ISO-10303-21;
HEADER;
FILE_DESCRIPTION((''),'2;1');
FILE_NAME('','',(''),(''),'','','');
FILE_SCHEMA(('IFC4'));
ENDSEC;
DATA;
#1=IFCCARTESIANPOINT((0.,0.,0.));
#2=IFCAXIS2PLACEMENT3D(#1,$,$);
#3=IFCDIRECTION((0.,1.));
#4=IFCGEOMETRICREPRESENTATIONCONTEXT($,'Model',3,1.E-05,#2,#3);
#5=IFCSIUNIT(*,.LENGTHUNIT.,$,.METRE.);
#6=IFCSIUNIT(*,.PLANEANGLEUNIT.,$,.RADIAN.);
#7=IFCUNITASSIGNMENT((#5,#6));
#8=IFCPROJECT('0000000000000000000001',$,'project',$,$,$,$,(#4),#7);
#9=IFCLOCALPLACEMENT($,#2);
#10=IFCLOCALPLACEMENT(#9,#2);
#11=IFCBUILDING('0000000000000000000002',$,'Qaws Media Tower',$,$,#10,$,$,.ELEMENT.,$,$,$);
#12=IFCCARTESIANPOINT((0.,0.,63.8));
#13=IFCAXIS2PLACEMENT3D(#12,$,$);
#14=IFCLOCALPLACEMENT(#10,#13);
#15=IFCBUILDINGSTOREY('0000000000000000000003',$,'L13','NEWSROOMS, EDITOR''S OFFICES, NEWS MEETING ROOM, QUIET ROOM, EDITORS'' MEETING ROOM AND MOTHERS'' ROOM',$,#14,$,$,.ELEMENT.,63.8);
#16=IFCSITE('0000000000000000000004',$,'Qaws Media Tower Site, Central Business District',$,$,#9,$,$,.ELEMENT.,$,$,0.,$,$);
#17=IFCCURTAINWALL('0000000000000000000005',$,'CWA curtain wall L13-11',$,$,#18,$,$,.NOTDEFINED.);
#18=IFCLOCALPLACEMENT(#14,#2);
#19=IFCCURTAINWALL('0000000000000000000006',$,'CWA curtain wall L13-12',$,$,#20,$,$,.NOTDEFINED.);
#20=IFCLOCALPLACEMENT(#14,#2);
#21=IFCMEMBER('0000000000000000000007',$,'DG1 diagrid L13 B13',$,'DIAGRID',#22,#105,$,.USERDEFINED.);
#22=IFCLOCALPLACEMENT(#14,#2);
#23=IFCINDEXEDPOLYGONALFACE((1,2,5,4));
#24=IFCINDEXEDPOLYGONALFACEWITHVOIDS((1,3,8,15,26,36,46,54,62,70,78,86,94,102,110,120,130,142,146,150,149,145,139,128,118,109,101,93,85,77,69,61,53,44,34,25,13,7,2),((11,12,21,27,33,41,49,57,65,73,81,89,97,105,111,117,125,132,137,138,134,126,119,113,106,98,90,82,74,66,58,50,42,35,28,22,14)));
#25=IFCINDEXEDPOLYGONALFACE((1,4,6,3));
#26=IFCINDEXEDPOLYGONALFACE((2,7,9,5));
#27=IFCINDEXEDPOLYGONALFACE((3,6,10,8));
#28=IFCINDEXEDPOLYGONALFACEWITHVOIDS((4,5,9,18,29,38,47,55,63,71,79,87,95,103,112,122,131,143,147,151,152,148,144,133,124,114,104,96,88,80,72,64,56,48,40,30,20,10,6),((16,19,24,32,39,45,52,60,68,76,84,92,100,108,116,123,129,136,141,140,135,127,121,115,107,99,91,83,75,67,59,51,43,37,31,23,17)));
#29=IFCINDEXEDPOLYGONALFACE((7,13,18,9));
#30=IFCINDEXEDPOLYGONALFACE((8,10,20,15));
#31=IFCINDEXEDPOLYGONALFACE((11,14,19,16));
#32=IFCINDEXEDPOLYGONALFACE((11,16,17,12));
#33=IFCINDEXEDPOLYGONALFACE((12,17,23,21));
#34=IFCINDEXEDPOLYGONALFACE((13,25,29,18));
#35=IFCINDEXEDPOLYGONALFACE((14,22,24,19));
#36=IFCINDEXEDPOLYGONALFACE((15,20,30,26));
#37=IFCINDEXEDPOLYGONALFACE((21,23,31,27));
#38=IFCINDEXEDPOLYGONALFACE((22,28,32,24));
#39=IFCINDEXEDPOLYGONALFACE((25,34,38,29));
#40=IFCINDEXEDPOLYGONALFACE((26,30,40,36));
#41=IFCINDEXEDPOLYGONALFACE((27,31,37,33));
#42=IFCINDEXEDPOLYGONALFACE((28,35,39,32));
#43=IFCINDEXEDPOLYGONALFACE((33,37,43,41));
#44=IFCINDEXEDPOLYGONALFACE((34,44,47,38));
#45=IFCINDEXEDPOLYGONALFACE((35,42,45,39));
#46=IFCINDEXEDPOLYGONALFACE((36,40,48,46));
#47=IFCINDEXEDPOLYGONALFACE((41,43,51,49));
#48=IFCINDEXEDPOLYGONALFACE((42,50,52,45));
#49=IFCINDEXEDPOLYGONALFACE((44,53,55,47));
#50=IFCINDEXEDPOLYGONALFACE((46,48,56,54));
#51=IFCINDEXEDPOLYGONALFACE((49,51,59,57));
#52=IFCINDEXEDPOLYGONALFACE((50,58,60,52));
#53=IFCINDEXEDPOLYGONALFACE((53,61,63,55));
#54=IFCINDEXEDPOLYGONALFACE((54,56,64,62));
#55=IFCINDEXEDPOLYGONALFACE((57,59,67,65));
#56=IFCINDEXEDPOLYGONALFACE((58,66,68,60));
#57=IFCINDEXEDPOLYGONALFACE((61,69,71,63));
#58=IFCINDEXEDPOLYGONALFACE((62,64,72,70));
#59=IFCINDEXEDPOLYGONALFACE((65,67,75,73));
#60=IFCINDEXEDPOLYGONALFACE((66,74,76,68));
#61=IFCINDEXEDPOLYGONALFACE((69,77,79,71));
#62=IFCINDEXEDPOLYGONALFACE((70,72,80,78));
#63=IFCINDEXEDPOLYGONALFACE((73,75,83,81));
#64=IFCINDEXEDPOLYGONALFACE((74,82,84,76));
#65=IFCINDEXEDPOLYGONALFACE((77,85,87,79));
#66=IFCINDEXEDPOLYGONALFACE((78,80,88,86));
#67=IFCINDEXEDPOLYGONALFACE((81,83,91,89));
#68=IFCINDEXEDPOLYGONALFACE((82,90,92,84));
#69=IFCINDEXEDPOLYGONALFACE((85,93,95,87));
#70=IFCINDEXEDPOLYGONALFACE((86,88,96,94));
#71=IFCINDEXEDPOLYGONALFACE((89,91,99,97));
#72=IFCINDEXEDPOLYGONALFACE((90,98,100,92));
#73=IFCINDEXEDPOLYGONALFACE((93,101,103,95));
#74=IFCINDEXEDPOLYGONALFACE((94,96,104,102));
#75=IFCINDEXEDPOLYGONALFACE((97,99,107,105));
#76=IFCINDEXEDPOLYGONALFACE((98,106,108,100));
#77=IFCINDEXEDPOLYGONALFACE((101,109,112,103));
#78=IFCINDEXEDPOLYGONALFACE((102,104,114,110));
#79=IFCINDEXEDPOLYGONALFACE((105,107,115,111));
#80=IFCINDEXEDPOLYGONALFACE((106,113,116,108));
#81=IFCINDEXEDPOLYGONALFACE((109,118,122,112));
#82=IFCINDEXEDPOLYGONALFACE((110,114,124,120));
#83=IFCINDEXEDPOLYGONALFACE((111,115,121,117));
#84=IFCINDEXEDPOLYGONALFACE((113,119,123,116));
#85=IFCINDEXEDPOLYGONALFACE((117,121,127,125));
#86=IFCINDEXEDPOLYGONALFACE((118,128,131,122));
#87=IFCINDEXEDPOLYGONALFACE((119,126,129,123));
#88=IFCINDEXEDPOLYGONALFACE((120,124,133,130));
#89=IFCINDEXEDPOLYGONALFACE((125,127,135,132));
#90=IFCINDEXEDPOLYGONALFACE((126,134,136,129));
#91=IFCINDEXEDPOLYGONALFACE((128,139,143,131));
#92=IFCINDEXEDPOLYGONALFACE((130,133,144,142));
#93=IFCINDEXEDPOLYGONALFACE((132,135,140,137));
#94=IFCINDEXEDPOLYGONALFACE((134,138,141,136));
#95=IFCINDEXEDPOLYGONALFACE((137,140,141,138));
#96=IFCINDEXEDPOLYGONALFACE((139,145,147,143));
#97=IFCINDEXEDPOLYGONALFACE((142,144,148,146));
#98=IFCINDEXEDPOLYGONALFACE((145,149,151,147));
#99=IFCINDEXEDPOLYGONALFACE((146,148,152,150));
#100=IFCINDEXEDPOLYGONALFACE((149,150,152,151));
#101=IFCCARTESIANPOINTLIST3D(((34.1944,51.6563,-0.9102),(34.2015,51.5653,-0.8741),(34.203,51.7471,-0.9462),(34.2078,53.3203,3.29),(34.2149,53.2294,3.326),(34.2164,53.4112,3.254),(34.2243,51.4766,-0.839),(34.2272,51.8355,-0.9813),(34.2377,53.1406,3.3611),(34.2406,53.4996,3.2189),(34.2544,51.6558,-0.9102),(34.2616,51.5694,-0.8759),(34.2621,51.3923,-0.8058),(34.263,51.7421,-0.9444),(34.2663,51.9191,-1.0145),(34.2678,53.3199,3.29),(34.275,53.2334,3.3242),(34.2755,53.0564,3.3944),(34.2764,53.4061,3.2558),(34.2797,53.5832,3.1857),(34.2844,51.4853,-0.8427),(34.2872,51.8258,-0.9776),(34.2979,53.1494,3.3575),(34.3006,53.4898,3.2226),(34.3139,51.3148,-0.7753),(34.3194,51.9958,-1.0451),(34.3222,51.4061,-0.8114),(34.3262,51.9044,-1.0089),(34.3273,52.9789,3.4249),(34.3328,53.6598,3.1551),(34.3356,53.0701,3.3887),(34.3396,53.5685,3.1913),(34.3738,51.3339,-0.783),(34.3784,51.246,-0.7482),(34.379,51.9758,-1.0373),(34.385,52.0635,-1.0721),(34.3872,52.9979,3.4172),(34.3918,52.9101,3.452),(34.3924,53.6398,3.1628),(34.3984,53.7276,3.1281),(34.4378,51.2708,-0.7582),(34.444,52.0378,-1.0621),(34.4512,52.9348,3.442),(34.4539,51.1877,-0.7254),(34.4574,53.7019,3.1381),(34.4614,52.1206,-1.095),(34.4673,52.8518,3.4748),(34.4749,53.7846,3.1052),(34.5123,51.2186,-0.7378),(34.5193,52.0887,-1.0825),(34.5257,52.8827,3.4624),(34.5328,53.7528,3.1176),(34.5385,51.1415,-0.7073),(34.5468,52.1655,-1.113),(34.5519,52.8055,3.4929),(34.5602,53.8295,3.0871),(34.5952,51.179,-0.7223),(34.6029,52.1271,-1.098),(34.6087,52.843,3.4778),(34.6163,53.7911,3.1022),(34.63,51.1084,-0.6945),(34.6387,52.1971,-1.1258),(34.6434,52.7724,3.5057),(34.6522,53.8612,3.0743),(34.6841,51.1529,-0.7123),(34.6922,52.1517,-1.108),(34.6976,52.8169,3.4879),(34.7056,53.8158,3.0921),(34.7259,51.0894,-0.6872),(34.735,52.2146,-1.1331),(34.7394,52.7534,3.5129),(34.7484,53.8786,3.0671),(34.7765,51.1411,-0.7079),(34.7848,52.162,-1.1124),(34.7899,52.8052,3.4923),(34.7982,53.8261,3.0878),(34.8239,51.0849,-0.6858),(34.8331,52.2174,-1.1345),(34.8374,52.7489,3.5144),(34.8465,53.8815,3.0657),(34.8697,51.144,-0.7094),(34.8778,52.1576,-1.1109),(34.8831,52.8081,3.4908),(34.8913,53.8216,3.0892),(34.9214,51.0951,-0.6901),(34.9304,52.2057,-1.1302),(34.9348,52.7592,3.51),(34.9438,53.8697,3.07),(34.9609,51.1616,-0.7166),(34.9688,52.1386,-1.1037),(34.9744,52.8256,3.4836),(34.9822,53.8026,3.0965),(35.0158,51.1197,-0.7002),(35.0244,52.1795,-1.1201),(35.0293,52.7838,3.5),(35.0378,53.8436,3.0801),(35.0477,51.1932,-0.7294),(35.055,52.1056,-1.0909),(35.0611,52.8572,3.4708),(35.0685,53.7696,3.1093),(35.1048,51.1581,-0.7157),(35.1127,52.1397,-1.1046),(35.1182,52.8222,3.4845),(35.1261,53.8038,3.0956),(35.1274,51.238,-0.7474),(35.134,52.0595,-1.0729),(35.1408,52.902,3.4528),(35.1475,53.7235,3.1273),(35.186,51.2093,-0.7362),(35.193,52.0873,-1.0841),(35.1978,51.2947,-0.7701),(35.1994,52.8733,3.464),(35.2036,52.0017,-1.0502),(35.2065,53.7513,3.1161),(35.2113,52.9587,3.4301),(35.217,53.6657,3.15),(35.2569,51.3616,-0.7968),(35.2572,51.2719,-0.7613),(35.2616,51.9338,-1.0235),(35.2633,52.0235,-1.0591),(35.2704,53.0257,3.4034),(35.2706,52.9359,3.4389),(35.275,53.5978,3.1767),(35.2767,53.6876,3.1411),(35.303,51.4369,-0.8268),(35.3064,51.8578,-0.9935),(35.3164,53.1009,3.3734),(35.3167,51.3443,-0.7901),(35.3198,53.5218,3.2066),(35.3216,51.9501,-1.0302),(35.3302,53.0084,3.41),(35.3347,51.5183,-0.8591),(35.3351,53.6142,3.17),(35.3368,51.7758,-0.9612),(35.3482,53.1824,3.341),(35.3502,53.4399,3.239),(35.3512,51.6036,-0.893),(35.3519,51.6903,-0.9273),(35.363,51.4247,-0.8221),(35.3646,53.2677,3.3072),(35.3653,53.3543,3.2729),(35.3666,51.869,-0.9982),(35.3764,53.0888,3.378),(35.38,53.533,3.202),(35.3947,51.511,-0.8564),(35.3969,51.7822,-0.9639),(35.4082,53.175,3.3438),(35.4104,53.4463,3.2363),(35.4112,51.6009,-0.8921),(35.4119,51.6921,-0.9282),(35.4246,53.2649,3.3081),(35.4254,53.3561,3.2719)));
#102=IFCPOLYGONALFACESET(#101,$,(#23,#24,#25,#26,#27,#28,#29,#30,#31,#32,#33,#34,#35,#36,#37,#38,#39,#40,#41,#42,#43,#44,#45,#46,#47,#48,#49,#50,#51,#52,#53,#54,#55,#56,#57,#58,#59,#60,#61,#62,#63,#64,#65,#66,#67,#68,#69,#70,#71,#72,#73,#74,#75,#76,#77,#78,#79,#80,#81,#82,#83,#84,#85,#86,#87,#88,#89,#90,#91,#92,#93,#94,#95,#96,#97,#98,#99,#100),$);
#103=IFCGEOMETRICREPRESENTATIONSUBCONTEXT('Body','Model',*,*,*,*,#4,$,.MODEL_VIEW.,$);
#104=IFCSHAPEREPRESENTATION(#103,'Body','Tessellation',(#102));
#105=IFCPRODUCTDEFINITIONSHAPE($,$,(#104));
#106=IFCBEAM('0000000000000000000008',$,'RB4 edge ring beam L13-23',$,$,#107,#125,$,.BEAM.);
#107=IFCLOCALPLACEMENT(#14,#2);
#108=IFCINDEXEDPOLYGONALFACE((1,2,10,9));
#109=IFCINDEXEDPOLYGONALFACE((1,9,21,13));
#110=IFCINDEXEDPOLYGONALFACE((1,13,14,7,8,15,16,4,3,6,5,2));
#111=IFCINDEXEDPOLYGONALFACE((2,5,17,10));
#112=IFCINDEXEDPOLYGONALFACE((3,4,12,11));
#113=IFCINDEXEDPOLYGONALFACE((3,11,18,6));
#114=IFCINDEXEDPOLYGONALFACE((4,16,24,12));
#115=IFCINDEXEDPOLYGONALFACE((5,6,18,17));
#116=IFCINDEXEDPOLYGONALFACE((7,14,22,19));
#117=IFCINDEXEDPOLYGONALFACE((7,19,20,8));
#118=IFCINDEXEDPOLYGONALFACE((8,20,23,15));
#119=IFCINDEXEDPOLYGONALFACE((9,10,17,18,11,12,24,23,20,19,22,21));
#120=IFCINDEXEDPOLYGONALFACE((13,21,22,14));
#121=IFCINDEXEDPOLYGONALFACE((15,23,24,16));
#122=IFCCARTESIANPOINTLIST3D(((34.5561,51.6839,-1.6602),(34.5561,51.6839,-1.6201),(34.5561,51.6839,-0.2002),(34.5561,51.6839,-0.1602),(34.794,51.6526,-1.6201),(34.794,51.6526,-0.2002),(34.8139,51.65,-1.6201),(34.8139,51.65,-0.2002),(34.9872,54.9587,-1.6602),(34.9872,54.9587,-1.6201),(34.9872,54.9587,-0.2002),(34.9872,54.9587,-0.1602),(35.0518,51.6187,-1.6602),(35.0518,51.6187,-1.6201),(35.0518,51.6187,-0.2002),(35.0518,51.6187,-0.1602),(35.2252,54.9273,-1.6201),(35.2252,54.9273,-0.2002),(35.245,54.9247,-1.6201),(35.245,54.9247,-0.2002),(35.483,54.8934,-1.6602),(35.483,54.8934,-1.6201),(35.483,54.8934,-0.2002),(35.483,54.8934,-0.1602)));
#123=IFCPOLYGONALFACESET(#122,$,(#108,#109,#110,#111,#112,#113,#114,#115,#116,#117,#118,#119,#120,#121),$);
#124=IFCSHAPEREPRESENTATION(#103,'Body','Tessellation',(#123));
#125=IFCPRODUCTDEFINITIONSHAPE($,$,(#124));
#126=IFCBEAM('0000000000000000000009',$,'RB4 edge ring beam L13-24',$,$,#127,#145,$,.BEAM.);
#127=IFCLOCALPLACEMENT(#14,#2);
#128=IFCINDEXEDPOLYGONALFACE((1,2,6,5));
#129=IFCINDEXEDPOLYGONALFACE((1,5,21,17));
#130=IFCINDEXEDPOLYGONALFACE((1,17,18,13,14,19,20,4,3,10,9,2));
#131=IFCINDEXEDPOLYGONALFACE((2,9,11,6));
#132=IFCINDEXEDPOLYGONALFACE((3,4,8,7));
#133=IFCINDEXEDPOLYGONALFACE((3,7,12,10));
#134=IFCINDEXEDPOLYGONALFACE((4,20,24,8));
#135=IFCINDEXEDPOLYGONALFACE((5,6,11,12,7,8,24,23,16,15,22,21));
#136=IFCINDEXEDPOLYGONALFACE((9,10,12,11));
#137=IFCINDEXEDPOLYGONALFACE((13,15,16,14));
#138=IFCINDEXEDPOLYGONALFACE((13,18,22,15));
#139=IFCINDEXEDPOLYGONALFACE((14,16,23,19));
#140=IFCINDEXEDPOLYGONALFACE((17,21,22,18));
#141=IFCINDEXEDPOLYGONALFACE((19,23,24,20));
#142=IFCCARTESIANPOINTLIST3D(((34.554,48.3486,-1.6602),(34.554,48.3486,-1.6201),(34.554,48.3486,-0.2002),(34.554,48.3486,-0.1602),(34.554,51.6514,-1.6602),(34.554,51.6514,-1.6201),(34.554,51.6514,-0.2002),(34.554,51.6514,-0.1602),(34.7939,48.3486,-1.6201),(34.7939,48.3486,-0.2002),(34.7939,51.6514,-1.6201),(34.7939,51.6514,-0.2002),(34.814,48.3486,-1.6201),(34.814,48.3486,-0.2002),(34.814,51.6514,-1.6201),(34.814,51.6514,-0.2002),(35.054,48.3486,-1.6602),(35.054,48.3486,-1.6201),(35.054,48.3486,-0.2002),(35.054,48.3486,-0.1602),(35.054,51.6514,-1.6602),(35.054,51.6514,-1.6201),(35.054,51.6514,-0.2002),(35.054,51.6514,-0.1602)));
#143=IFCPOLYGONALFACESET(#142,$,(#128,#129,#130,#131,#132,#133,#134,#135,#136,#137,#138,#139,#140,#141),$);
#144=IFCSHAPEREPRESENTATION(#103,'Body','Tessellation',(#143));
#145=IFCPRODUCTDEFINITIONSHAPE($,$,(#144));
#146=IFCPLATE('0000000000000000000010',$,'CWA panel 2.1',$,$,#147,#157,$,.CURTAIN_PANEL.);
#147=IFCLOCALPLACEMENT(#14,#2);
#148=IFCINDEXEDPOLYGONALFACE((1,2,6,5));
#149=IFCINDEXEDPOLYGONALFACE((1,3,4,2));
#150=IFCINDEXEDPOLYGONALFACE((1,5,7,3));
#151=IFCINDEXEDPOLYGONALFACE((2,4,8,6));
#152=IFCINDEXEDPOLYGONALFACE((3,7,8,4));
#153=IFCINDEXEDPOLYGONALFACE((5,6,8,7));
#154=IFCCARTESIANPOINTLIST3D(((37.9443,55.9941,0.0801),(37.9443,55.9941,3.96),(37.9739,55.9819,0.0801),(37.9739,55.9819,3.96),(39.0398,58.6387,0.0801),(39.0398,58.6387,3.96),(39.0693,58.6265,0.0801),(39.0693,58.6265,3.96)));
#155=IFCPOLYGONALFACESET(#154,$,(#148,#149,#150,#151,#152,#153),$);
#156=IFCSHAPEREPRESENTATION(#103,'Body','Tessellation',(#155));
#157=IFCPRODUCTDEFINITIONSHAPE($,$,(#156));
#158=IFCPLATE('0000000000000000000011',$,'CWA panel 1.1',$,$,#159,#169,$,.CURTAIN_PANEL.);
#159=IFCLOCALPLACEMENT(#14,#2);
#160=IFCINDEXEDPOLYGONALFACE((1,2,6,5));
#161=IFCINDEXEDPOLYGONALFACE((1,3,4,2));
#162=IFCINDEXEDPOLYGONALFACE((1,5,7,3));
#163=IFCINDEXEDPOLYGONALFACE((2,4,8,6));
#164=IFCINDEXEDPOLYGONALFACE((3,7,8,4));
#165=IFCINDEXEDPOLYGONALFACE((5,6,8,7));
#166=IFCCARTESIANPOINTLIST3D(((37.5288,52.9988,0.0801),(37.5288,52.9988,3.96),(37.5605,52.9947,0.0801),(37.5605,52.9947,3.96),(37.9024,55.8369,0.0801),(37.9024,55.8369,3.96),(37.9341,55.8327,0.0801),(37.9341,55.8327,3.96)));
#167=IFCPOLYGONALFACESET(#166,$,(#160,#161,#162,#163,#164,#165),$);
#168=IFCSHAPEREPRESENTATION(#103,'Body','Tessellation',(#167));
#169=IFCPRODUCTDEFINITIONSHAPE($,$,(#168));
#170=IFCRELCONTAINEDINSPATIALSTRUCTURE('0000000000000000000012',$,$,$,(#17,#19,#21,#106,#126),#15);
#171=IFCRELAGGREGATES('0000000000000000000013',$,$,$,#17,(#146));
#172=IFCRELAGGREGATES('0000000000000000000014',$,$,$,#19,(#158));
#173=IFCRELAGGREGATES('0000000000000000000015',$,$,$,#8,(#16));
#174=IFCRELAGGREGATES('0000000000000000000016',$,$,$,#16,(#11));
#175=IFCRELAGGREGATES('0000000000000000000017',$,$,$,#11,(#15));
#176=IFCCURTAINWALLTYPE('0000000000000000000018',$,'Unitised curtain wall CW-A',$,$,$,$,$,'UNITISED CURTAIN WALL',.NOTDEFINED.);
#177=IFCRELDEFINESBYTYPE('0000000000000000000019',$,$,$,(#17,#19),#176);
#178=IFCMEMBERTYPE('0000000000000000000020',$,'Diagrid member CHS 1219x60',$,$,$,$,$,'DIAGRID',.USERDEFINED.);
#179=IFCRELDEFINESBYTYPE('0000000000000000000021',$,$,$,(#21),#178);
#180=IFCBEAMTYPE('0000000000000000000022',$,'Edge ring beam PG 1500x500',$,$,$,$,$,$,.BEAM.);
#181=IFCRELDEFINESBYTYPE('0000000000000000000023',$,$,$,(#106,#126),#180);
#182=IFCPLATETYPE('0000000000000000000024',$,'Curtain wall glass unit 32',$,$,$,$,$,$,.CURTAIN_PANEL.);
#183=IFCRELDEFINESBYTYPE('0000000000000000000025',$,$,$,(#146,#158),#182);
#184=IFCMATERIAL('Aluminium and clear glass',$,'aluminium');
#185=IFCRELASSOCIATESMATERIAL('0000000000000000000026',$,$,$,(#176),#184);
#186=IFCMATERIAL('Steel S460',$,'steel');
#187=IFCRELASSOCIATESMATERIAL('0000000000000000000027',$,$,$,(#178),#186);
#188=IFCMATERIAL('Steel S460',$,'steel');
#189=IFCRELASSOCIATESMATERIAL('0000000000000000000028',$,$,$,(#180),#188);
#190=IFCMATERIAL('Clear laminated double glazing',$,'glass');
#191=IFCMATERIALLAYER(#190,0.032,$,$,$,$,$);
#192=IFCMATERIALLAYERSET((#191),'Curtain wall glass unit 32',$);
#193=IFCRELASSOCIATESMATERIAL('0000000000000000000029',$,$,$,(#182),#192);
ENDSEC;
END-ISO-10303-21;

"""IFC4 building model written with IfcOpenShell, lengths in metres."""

from ifc_helpers import new_model, si_unit, direction, frame, origin, origin_2d, place, context, subcontext, project, spatial, rectangle, hollow_circle, i_section, extrude, material, layer, layer_set, material_profile, profile_set, type_object, element, aggregate, save


model = new_model("IFC4")

# Units and contexts
model_context = context("Model", 3, precision=1e-05, world=origin(), true_north=direction((0.0, 1.0)))
body_context = subcontext(model_context, "Body", "Model", "MODEL_VIEW")
ifc_project = project(units=[si_unit("LENGTHUNIT", "METRE"), si_unit("PLANEANGLEUNIT", "RADIAN")], contexts=[model_context])

# Site, building, storey
site_placement = place(None, origin())
site = spatial("IfcSite", under=ifc_project, at=site_placement, Name="Qaws Media Tower Site, Central Business District", CompositionType="ELEMENT", RefElevation=0.0)
building_placement = place(site_placement, origin())
building = spatial("IfcBuilding", under=site, at=building_placement, Name="Qaws Media Tower", CompositionType="ELEMENT")
storey_placement = place(building_placement, frame((0.0, 0.0, 63.8)))
storey = spatial("IfcBuildingStorey", under=building, at=storey_placement, Name="L13", Description="NEWSROOMS, EDITOR'S OFFICES, NEWS MEETING ROOM, QUIET ROOM, EDITORS' MEETING ROOM AND MOTHERS' ROOM", CompositionType="ELEMENT", Elevation=63.8)

# Curtain wall
ifc_material_1 = material(Name="Aluminium and clear glass", Category="aluminium")
curtain_wall_type = type_object("IfcCurtainWallType", Name="Unitised curtain wall CW-A", ElementType="UNITISED CURTAIN WALL", PredefinedType="NOTDEFINED", material=ifc_material_1)
curtain_wall_1_placement = place(storey_placement, origin())
curtain_wall_1 = element("IfcCurtainWall", 1, at=curtain_wall_1_placement, inside=storey, type_object=curtain_wall_type, Name="CWA curtain wall L13-11", PredefinedType="NOTDEFINED")

# Curtain wall
curtain_wall_2_placement = place(storey_placement, origin())
curtain_wall_2 = element("IfcCurtainWall", 2, at=curtain_wall_2_placement, inside=storey, type_object=curtain_wall_type, Name="CWA curtain wall L13-12", PredefinedType="NOTDEFINED")

# Member
ifc_material_2 = material(Name="Steel S460", Category="steel")
ifc_material_profile_1 = material_profile(ifc_material_2, hollow_circle(Radius=0.6096, WallThickness=0.0601, at=origin_2d()), Name="CHS 1219x60")
ifc_profile_set_1 = profile_set([ifc_material_profile_1], Name="Steel S460")
member_type_1 = type_object("IfcMemberType", Name="Diagrid member CHS 1219x60", ElementType="DIAGRID", PredefinedType="USERDEFINED", material=ifc_profile_set_1)
for number, where, z_axis, x_axis, name in (
    (3, (34.804, 51.6514, -0.9102), (0.002972, 0.368331, 0.92969), (-0.999967, 0.008069, 0.0), "DG1 diagrid L13 B13"),
):
    element("IfcMember", number, at=place(storey_placement, frame(where, z_axis=z_axis, x_axis=x_axis)), inside=storey, type_object=member_type_1, Name=name, ObjectType="DIAGRID", PredefinedType="USERDEFINED", context=body_context, shape_type="SweptSolid", body=[
        extrude(hollow_circle(Radius=0.6096, WallThickness=0.0601, at=origin_2d()), origin(), (0.0, 0.0, 1.0), 4.5178),
    ])

# Beams
ifc_material_3 = material(Name="Steel S460", Category="steel")
ifc_material_profile_2 = material_profile(ifc_material_3, i_section(OverallWidth=0.5, OverallDepth=1.5, WebThickness=0.02, FlangeThickness=0.04, at=origin_2d()), Name="PG 1500x500")
ifc_profile_set_2 = profile_set([ifc_material_profile_2], Name="Steel S460")
beam_type = type_object("IfcBeamType", Name="Edge ring beam PG 1500x500", PredefinedType="BEAM", material=ifc_profile_set_2)
beam_1_placement = place(storey_placement, frame((35.2351, 54.926, -0.9102), z_axis=(-0.130537, -0.991443, 0.0), x_axis=(0.991443, -0.130537, 0.0)))
element("IfcBeam", 4, at=beam_1_placement, inside=storey, type_object=beam_type, Name="RB4 edge ring beam L13-23", PredefinedType="BEAM", context=body_context, shape_type="SweptSolid", body=[
    extrude(i_section(OverallWidth=0.5, OverallDepth=1.5, WebThickness=0.02, FlangeThickness=0.04, at=origin_2d()), origin(), (0.0, 0.0, 1.0), 3.303),
])
beam_2_placement = place(storey_placement, frame((34.804, 51.6514, -0.9102), z_axis=(0.0, -1.0, 0.0), x_axis=(1.0, 0.0, 0.0)))
element("IfcBeam", 5, at=beam_2_placement, inside=storey, type_object=beam_type, Name="RB4 edge ring beam L13-24", PredefinedType="BEAM", context=body_context, shape_type="SweptSolid", body=[
    extrude(i_section(OverallWidth=0.5, OverallDepth=1.5, WebThickness=0.02, FlangeThickness=0.04, at=origin_2d()), origin(), (0.0, 0.0, 1.0), 3.3027),
])

# Plates
ifc_material_4 = material(Name="Clear laminated double glazing", Category="glass")
ifc_layer_1 = layer(ifc_material_4, 0.032)
ifc_layer_set_1 = layer_set([ifc_layer_1], Name="Curtain wall glass unit 32")
plate_type = type_object("IfcPlateType", Name="Curtain wall glass unit 32", PredefinedType="CURTAIN_PANEL", material=ifc_layer_set_1)
plate_1_placement = place(storey_placement, frame((38.5068, 57.3103, 0.0801), z_axis=(0.0, 0.0, 1.0), x_axis=(-0.382683, -0.92388, 0.0)))
plate_1 = element("IfcPlate", 6, at=plate_1_placement, type_object=plate_type, Name="CWA panel 2.1", PredefinedType="CURTAIN_PANEL", context=body_context, shape_type="SweptSolid", body=[
    extrude(rectangle(XDim=2.8625, YDim=0.032, at=origin_2d()), origin(), (0.0, 0.0, 1.0), 3.8799),
])
aggregate(curtain_wall_1, [plate_1])
plate_2_placement = place(storey_placement, frame((37.7314, 54.4158, 0.0801), z_axis=(0.0, 0.0, 1.0), x_axis=(-0.130526, -0.991445, 0.0)))
plate_2 = element("IfcPlate", 7, at=plate_2_placement, type_object=plate_type, Name="CWA panel 1.1", PredefinedType="CURTAIN_PANEL", context=body_context, shape_type="SweptSolid", body=[
    extrude(rectangle(XDim=2.8625, YDim=0.032, at=origin_2d()), origin(), (0.0, 0.0, 1.0), 3.8799),
])
aggregate(curtain_wall_2, [plate_2])

save(model, "model.ifc")
